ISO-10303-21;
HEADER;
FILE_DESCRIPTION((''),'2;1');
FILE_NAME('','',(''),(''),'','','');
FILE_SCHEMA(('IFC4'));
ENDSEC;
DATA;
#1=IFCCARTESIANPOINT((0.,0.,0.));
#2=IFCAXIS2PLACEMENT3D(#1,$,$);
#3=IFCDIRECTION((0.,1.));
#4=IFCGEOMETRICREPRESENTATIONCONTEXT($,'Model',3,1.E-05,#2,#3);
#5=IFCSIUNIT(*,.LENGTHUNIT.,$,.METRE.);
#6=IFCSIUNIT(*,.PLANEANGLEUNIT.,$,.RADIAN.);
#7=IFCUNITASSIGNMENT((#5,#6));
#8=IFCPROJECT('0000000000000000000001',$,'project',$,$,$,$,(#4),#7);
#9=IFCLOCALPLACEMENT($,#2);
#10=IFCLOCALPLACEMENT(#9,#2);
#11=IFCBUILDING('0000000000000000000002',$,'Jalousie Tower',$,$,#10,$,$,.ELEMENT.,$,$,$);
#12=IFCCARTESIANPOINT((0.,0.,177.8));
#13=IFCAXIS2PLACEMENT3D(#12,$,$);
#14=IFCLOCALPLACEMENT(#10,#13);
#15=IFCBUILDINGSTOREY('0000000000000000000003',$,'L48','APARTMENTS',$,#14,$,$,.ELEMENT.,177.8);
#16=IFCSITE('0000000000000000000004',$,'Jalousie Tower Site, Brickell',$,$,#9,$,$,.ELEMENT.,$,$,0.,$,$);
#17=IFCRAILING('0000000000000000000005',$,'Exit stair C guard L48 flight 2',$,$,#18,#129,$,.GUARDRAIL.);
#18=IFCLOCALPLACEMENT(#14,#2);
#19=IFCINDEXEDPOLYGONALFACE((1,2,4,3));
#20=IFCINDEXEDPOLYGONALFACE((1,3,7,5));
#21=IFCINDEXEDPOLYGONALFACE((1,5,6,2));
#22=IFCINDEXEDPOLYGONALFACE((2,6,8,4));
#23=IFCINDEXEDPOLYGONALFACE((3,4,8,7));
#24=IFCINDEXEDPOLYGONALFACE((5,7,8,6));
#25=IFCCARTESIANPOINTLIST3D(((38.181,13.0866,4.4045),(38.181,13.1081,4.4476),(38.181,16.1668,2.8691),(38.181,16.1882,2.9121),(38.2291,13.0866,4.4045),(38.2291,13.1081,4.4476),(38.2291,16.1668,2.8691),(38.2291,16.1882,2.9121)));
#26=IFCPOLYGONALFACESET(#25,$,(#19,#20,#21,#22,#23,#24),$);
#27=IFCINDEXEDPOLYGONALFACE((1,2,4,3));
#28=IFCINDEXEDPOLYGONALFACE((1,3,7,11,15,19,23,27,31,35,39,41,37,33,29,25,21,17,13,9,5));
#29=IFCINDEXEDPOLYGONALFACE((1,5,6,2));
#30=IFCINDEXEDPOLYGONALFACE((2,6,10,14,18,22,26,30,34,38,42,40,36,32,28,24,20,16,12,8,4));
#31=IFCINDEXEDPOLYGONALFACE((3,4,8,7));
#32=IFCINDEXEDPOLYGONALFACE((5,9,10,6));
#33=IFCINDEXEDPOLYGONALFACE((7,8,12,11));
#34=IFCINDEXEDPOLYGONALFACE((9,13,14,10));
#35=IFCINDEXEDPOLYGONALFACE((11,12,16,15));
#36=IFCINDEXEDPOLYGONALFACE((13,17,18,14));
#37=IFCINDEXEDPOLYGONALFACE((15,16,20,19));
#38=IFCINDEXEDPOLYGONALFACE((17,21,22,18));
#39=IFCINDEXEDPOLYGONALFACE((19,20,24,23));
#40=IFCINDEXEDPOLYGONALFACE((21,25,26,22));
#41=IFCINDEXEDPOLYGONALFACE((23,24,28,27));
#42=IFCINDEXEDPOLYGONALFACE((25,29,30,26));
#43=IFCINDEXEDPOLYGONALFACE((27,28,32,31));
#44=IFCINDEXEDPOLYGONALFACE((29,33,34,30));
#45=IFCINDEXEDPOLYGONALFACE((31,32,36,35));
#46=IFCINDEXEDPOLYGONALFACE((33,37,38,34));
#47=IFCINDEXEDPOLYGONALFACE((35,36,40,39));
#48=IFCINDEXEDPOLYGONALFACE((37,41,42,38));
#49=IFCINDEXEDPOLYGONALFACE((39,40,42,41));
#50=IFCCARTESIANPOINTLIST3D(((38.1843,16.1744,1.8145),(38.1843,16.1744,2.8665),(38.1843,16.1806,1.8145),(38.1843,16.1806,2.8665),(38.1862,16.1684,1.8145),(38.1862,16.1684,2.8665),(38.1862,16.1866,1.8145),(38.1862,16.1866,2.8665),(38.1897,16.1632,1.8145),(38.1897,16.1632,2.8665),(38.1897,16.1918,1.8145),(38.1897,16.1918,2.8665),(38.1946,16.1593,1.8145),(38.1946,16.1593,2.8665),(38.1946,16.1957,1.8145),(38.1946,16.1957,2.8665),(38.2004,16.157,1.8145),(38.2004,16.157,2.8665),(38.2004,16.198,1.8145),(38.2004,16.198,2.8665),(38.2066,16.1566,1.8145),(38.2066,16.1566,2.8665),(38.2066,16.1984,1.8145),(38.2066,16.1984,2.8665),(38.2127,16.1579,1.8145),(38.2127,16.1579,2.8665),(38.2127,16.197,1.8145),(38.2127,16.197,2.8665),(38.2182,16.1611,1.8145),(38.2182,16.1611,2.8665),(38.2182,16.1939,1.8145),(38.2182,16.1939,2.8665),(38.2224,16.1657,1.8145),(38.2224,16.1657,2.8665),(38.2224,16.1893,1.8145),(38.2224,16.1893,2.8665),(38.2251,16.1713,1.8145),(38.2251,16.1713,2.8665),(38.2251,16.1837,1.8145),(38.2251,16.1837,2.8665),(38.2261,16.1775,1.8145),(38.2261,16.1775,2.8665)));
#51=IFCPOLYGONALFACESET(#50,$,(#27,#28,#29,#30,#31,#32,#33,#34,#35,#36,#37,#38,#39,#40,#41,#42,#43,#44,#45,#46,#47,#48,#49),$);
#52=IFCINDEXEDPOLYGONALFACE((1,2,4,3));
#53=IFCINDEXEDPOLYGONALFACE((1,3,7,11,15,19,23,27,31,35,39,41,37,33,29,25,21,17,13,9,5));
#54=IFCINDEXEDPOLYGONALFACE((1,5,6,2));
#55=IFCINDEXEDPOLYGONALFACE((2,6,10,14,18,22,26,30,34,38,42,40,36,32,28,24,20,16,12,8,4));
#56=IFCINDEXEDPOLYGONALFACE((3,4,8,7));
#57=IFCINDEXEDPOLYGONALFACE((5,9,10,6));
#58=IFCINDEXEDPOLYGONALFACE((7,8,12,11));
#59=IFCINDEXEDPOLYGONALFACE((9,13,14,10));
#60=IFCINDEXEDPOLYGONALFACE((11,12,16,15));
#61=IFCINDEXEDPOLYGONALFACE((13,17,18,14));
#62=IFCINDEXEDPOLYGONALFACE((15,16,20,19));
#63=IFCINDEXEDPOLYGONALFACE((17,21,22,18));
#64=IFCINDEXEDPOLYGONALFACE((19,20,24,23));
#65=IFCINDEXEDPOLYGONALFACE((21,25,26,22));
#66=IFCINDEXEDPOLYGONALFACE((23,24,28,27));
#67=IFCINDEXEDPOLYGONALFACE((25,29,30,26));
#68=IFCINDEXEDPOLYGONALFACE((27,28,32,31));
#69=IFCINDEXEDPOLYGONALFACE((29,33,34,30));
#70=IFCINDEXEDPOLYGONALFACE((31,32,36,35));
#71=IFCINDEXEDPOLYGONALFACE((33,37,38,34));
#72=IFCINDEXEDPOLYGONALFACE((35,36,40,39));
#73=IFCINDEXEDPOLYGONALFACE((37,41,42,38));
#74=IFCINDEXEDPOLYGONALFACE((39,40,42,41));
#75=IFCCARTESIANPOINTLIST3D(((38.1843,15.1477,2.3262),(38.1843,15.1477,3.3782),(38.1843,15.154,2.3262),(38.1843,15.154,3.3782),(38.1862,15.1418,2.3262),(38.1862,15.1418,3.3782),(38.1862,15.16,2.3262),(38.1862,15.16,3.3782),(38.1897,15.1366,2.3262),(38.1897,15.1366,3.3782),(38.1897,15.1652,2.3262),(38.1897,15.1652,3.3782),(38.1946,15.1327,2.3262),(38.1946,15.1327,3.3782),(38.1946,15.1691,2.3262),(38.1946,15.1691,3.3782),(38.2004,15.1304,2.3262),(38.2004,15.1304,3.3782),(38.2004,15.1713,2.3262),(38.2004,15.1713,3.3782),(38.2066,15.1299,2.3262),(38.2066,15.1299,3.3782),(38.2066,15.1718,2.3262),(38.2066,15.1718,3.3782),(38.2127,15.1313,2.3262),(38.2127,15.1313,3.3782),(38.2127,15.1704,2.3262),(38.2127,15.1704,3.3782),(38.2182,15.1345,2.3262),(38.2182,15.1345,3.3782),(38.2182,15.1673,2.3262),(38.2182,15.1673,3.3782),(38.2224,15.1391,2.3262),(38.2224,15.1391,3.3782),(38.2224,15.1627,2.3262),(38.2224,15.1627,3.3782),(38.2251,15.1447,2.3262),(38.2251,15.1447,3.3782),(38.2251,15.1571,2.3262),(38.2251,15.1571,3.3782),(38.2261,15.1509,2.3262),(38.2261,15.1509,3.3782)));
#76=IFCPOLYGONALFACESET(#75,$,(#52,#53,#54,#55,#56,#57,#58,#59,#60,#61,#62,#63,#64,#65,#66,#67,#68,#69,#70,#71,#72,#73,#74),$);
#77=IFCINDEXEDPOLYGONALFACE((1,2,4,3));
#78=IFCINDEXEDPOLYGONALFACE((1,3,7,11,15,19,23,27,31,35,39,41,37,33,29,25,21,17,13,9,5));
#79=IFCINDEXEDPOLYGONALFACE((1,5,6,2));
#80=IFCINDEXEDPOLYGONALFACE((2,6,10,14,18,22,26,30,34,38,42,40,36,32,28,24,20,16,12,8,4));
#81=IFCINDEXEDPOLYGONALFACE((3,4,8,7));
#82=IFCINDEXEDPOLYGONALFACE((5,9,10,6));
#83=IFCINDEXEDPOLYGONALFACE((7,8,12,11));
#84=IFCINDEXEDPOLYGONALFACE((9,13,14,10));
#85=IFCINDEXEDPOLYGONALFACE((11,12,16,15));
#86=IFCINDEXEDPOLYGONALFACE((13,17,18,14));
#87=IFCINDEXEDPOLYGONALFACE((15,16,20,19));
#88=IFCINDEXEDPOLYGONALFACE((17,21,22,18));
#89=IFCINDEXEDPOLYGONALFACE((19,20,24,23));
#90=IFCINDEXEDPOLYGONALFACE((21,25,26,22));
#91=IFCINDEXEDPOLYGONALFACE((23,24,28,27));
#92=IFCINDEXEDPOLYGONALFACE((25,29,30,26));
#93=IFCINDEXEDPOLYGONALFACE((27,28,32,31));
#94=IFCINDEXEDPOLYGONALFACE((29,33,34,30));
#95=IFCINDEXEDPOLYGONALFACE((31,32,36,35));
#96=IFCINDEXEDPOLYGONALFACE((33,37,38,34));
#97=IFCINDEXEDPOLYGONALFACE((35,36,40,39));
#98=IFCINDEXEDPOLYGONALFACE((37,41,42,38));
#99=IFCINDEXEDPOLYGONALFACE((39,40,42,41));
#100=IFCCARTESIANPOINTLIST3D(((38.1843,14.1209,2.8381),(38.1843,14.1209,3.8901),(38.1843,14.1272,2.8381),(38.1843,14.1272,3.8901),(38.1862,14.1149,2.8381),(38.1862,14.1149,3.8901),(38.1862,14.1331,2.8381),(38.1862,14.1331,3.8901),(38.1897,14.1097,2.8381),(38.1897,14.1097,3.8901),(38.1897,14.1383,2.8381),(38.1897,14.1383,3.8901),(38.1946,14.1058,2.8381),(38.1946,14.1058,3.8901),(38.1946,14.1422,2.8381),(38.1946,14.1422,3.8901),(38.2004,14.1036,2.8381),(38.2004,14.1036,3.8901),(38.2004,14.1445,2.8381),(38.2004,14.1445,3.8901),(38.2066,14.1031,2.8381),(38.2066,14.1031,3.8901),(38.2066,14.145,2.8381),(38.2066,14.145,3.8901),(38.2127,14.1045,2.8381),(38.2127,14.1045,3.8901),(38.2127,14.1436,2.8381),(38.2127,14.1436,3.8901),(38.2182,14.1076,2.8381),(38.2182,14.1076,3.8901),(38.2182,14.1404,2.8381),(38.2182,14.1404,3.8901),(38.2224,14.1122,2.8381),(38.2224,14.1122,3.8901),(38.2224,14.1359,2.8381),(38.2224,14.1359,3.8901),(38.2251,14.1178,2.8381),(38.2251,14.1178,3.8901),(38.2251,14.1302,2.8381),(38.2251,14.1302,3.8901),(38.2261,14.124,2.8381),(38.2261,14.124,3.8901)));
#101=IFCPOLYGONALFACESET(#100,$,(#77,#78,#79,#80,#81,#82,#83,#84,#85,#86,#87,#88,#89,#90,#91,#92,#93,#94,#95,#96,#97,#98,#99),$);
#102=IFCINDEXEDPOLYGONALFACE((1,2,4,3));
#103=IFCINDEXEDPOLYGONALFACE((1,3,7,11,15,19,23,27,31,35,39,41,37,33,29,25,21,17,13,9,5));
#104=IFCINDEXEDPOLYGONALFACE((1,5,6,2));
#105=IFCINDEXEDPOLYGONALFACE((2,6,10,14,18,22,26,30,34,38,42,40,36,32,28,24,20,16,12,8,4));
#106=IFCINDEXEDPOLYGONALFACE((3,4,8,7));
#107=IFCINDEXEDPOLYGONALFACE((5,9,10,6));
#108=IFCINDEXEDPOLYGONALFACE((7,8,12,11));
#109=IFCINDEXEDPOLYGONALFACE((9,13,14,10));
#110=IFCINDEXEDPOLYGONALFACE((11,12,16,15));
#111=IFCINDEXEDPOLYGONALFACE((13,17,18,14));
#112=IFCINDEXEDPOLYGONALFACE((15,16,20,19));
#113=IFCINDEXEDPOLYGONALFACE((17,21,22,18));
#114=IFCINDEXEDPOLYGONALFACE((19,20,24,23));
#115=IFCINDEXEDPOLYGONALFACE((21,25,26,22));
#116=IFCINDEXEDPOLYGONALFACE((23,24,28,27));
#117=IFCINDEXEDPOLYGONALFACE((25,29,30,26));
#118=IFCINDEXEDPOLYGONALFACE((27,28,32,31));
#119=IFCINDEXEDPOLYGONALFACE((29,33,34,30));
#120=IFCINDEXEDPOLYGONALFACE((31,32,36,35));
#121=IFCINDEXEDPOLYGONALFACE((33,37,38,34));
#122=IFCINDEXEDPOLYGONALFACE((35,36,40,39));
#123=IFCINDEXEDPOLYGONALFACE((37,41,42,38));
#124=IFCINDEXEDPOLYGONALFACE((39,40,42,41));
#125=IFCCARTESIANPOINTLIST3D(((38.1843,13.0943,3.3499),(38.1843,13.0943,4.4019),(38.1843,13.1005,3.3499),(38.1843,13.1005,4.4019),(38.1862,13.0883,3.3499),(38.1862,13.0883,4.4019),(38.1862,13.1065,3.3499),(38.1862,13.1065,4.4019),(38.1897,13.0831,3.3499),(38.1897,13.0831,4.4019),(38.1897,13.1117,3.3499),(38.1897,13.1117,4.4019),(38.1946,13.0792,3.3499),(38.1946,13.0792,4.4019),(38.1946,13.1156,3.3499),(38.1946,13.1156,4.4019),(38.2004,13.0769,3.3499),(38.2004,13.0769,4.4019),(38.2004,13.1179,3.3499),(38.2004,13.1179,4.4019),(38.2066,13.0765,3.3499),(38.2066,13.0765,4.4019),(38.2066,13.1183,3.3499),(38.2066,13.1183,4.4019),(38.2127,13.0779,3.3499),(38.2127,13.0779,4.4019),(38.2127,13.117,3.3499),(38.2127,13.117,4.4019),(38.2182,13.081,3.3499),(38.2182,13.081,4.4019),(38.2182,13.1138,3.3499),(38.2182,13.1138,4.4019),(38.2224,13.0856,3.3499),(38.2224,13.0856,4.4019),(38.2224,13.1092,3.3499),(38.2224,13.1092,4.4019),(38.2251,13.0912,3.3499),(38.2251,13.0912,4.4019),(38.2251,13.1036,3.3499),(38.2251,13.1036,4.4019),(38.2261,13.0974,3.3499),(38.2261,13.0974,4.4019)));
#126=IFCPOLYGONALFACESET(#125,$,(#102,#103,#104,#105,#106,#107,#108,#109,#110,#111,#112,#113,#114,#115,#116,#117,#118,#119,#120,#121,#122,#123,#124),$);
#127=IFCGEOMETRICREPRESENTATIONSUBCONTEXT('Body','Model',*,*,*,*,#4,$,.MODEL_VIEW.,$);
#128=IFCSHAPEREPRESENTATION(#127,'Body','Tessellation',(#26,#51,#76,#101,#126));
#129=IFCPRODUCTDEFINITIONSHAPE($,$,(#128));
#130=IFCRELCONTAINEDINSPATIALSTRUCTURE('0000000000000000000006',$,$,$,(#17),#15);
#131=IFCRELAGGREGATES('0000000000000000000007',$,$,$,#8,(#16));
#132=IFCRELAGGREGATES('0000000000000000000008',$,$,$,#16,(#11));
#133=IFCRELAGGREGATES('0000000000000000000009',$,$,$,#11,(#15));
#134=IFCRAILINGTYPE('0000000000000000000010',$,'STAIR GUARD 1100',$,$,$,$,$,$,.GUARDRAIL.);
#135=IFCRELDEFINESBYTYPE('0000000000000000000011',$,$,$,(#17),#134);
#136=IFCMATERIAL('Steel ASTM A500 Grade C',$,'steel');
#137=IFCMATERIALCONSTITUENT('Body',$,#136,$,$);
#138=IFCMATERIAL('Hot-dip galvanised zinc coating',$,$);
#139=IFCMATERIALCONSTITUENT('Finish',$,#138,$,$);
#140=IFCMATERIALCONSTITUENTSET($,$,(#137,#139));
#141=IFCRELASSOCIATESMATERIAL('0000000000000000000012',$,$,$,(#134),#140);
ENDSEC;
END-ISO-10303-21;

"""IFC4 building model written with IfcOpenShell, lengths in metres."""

from ifc_helpers import new_model, si_unit, direction, frame, origin, origin_2d, place, context, subcontext, project, spatial, rectangle, circle, extrude, material, constituent, constituent_set, type_object, element, save


model = new_model("IFC4")

# Units and contexts
model_context = context("Model", 3, precision=1e-05, world=origin(), true_north=direction((0.0, 1.0)))
body_context = subcontext(model_context, "Body", "Model", "MODEL_VIEW")
ifc_project = project(units=[si_unit("LENGTHUNIT", "METRE"), si_unit("PLANEANGLEUNIT", "RADIAN")], contexts=[model_context])

# Site, building, storey
site_placement = place(None, origin())
site = spatial("IfcSite", under=ifc_project, at=site_placement, Name="Jalousie Tower Site, Brickell", CompositionType="ELEMENT", RefElevation=0.0)
building_placement = place(site_placement, origin())
building = spatial("IfcBuilding", under=site, at=building_placement, Name="Jalousie Tower", CompositionType="ELEMENT")
storey_placement = place(building_placement, frame((0.0, 0.0, 177.8)))
storey = spatial("IfcBuildingStorey", under=building, at=storey_placement, Name="L48", Description="APARTMENTS", CompositionType="ELEMENT", Elevation=177.8)

# Railing
ifc_material_1 = material(Name="Steel ASTM A500 Grade C", Category="steel")
ifc_constituent_1 = constituent(ifc_material_1, Name="Body")
ifc_material_2 = material(Name="Hot-dip galvanised zinc coating")
ifc_constituent_2 = constituent(ifc_material_2, Name="Finish")
ifc_constituent_set_1 = constituent_set(constituents=[ifc_constituent_1, ifc_constituent_2])
railing_type_1 = type_object("IfcRailingType", Name="STAIR GUARD 1100", PredefinedType="GUARDRAIL", material=ifc_constituent_set_1)
railing_1_placement = place(storey_placement, frame((38.2051, 16.1775, 1.8145)))
element("IfcRailing", 1, at=railing_1_placement, inside=storey, type_object=railing_type_1, Name="Exit stair C guard L48 flight 2", PredefinedType="GUARDRAIL", context=body_context, shape_type="SweptSolid", body=[
    extrude(rectangle(XDim=0.0481, YDim=0.0481, at=origin_2d()), frame((0.0, 0.0, 1.0762), z_axis=(0.0, -0.894966, 0.446135), x_axis=(1.0, 0.0, 0.0)), (0.0, 0.0, 1.0), 3.4417),
    extrude(circle(Radius=0.021, at=origin_2d()), origin(), (0.0, 0.0, 1.0), 1.052),
    extrude(circle(Radius=0.021, at=origin_2d()), frame((0.0, -1.0266, 0.5117)), (0.0, 0.0, 1.0), 1.052),
    extrude(circle(Radius=0.021, at=origin_2d()), frame((0.0, -2.0535, 1.0237)), (0.0, 0.0, 1.0), 1.052),
    extrude(circle(Radius=0.021, at=origin_2d()), frame((0.0, -3.0801, 1.5354)), (0.0, 0.0, 1.0), 1.052),
])

save(model, "model.ifc")
